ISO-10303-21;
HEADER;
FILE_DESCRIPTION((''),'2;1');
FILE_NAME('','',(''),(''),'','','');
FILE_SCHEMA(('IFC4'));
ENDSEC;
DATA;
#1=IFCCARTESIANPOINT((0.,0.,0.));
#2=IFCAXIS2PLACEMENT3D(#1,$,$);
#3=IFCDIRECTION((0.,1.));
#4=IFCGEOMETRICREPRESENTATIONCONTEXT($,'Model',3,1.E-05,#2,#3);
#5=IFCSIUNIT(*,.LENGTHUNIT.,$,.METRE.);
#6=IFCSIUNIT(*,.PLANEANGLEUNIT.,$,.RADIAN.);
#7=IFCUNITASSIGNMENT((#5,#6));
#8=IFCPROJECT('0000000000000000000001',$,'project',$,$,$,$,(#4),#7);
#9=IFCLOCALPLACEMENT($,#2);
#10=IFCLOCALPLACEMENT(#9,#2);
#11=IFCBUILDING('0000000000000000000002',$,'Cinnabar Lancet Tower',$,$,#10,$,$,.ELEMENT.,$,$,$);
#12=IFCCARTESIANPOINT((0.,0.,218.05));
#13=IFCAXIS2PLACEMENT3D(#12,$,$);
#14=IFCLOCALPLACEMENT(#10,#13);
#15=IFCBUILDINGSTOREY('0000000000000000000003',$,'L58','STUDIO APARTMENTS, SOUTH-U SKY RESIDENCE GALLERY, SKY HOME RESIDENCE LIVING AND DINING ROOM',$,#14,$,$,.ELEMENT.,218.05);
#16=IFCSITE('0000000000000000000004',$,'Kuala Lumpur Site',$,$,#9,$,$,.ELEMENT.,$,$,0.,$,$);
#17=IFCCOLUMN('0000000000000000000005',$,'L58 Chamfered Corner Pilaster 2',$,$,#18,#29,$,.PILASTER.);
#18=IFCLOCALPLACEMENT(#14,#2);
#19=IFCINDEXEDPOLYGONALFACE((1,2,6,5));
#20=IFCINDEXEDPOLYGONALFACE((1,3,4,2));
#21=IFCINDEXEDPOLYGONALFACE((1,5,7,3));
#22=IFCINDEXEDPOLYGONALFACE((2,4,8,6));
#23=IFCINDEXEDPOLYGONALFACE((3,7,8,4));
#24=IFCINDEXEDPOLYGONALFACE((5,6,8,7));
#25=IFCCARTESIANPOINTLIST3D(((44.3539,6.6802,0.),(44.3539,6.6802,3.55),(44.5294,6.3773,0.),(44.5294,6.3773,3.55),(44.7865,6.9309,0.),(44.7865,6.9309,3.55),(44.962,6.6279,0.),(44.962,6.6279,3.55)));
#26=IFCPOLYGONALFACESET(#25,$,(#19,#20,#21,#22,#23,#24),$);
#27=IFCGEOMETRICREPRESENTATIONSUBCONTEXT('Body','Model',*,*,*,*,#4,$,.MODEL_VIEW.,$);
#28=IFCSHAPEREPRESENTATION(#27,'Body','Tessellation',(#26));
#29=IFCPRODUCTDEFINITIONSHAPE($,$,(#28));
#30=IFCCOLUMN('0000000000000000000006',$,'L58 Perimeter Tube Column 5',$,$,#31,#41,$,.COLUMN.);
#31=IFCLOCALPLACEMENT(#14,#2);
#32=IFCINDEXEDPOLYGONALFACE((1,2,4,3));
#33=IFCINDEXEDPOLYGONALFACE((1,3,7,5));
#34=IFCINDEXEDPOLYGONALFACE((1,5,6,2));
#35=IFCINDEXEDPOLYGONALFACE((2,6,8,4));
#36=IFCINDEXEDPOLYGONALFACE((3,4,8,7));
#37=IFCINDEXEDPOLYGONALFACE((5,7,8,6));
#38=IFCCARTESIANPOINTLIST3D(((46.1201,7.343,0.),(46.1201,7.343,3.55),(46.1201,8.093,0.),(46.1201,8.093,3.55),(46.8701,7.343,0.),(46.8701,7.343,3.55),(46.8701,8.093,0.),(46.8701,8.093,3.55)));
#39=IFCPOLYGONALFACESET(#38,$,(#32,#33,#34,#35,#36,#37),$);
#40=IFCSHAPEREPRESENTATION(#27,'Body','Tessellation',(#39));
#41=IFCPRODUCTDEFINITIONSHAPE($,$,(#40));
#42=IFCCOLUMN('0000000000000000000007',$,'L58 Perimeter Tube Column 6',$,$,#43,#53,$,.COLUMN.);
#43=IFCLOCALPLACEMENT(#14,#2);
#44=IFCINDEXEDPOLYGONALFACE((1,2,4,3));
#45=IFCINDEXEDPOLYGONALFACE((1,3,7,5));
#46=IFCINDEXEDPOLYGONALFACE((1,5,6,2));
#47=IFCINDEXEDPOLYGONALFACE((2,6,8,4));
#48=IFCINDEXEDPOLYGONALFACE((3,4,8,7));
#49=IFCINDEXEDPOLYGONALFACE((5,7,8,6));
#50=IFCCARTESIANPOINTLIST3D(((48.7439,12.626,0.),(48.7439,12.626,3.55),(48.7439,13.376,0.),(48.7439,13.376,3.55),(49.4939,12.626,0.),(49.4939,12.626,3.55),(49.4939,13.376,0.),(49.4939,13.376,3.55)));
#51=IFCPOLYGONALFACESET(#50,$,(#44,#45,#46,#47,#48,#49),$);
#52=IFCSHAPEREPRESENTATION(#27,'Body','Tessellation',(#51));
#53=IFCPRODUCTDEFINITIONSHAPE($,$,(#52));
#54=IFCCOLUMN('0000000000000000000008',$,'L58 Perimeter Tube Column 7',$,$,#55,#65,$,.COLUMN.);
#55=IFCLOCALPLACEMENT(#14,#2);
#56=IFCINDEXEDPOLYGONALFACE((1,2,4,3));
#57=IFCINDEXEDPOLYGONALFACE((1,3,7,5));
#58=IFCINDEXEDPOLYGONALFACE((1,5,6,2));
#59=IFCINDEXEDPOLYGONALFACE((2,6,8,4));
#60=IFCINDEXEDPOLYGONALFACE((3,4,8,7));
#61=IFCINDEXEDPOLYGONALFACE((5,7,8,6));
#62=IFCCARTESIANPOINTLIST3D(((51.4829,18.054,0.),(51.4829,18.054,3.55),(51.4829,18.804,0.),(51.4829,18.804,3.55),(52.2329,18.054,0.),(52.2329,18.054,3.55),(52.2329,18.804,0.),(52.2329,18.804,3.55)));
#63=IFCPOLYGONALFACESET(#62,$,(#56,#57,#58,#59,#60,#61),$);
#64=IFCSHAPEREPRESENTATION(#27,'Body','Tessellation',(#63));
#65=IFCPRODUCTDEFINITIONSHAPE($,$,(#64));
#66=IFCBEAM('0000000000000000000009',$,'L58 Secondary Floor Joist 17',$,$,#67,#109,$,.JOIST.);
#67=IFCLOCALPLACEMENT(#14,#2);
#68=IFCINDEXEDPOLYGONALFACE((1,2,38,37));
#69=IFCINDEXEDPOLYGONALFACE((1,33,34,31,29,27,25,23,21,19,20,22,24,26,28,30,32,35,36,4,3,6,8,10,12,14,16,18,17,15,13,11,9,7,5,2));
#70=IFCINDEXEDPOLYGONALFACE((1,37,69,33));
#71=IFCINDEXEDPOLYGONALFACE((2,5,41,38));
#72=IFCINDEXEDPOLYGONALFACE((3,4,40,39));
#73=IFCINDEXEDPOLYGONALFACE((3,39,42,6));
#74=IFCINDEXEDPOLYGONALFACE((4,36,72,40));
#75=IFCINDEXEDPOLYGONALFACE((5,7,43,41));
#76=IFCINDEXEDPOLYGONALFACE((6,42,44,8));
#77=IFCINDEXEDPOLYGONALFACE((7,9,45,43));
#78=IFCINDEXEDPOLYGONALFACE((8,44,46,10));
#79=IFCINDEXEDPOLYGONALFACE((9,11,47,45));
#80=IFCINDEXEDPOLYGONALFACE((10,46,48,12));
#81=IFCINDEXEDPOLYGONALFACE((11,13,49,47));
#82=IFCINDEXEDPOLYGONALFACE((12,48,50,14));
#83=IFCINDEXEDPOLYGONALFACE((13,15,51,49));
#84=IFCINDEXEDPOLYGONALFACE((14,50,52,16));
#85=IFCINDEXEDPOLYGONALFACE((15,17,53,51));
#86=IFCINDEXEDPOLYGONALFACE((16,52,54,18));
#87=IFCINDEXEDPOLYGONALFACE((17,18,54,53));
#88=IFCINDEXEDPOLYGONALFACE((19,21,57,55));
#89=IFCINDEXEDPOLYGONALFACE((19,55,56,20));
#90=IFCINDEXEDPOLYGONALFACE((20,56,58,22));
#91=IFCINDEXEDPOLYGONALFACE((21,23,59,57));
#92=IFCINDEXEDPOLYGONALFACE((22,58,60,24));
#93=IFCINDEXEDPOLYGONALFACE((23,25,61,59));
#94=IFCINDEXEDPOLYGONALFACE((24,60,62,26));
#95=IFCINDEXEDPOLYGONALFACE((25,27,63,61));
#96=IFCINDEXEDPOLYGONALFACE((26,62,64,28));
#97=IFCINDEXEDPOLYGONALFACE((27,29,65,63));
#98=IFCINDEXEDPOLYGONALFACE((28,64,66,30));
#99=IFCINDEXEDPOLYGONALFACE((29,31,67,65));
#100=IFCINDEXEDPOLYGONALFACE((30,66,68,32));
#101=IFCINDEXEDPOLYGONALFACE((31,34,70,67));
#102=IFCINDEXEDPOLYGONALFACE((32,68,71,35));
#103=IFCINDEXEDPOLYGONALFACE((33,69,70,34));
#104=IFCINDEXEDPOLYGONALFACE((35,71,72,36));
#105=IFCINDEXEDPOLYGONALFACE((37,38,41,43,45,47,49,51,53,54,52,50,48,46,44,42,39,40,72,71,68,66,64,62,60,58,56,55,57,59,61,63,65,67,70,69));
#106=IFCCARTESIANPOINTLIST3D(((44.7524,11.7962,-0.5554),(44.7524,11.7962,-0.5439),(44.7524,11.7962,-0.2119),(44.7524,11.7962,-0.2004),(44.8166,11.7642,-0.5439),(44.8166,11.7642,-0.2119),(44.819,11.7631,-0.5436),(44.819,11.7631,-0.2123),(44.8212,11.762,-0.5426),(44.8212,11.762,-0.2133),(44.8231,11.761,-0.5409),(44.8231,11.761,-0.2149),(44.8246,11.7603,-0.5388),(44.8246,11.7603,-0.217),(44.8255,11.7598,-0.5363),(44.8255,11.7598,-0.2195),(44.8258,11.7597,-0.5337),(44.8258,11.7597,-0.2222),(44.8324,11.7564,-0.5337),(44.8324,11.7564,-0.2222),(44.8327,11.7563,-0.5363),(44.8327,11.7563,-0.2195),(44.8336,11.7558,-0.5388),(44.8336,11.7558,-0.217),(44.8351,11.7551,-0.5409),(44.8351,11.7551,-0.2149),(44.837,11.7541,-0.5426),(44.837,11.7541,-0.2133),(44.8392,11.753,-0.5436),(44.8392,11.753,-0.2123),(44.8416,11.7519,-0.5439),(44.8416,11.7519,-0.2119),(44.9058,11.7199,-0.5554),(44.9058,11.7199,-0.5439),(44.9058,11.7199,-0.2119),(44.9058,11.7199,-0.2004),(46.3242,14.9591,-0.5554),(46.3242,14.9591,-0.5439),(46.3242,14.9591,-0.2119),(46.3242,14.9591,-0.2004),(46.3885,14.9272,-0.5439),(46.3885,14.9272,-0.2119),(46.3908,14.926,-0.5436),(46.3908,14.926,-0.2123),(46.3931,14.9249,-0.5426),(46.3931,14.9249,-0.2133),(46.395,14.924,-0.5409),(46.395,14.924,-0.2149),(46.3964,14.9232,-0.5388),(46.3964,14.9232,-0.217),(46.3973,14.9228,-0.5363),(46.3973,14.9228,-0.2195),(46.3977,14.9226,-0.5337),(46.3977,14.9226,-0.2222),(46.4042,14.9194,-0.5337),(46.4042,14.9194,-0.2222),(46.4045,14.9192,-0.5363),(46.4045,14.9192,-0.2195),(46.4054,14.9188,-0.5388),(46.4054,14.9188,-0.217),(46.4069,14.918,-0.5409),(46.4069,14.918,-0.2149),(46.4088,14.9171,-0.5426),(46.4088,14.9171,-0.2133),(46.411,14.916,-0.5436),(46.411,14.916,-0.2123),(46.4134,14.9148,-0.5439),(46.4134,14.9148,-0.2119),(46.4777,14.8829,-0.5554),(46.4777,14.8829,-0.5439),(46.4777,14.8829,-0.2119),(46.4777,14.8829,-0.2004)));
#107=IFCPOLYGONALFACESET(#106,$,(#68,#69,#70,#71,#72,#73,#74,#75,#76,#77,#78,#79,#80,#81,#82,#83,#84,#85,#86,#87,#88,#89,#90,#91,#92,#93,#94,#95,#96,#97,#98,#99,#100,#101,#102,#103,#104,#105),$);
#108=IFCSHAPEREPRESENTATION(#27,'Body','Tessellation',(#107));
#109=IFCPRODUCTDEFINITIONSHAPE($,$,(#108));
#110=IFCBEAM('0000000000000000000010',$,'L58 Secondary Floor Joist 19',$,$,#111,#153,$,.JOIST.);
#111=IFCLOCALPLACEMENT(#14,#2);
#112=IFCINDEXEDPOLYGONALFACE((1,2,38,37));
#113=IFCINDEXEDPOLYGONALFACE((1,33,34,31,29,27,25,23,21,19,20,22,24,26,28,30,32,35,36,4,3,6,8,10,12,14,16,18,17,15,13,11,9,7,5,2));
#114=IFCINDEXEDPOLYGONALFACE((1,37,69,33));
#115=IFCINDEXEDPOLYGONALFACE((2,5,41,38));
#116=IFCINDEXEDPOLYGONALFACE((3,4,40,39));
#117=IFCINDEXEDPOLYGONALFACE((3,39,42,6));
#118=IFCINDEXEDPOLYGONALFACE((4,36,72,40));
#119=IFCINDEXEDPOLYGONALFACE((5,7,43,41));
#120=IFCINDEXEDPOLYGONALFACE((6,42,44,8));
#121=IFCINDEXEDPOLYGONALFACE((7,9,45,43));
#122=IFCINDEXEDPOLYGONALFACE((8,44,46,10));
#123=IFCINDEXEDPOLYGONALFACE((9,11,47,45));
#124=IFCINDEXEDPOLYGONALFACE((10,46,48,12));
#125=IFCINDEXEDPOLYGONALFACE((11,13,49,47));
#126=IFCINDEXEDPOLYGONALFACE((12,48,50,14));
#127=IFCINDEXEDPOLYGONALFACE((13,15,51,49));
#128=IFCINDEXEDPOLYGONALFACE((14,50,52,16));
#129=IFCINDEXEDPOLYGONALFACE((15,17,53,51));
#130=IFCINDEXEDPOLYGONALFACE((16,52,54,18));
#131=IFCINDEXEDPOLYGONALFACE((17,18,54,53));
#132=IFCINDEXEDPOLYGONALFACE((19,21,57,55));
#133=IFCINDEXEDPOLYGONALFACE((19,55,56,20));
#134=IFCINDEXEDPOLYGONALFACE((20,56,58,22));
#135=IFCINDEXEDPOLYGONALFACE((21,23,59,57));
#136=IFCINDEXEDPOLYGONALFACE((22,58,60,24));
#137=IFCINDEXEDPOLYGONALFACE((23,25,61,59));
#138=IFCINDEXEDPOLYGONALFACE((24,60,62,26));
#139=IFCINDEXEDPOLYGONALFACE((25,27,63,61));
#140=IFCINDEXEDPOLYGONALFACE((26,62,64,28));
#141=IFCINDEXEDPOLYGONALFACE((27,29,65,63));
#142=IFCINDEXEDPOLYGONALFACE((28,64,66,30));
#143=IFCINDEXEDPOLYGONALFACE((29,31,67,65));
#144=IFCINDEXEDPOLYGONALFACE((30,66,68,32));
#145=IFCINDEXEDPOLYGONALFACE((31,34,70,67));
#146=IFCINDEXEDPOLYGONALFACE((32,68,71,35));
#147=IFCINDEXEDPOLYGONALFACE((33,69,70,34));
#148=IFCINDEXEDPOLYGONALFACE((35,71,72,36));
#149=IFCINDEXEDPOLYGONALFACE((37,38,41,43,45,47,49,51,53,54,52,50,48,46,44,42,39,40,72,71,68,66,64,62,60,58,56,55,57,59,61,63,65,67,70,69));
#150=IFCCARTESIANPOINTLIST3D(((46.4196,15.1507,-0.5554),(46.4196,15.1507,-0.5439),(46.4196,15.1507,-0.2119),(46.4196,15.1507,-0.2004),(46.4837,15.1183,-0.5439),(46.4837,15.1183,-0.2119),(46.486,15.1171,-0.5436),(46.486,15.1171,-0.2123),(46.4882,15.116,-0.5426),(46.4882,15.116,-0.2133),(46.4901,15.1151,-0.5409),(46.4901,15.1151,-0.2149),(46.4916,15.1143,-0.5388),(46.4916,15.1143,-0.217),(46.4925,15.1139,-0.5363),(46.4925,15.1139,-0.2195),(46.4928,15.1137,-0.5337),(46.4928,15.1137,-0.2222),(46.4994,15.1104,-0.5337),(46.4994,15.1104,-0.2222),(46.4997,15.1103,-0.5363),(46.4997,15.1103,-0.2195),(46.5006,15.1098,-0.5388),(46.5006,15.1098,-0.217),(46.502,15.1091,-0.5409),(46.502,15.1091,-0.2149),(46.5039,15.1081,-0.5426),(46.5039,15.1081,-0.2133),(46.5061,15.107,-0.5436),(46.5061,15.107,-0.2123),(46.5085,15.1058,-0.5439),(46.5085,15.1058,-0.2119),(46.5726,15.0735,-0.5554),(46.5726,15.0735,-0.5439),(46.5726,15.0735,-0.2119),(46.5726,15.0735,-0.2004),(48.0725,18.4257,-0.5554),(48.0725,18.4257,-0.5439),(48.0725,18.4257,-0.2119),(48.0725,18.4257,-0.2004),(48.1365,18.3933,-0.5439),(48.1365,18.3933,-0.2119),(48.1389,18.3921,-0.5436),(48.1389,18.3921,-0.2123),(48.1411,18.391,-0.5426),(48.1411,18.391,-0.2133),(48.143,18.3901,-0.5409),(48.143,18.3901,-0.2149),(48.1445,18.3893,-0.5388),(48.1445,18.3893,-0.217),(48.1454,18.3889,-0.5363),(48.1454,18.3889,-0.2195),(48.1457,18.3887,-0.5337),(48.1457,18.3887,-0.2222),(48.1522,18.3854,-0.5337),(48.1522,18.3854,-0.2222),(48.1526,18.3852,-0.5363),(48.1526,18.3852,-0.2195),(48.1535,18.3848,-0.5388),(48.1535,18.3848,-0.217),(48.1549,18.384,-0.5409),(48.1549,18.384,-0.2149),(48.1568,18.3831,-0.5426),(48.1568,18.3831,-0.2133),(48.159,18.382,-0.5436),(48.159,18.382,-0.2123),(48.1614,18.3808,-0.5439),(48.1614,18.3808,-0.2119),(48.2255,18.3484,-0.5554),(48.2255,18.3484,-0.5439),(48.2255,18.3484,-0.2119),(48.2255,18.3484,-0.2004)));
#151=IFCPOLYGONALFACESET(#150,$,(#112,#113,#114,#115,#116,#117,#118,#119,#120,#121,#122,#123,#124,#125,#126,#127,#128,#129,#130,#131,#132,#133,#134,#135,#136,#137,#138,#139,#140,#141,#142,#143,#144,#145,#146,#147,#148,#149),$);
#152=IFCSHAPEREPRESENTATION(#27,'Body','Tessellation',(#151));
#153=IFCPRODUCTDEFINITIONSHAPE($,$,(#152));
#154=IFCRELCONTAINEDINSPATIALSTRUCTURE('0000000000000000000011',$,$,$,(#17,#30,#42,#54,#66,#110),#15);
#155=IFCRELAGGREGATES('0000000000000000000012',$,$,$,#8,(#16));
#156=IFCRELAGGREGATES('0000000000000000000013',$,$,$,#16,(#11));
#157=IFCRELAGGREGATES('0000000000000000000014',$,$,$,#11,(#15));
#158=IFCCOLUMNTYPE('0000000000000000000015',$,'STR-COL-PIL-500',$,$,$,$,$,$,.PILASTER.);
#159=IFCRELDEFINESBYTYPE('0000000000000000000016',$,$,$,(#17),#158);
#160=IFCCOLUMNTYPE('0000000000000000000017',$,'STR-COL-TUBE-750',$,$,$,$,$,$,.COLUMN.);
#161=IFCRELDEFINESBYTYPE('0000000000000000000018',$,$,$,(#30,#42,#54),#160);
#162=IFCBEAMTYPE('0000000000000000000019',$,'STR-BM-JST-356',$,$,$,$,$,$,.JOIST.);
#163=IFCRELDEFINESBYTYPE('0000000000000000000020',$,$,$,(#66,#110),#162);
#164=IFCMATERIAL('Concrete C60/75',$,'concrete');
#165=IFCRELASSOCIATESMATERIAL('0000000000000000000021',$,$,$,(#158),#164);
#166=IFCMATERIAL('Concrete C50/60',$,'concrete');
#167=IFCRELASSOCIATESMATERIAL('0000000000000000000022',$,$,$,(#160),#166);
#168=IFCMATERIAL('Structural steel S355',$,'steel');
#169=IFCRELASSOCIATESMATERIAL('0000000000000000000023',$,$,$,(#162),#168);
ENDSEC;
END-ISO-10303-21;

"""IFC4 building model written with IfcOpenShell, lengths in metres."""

from ifc_helpers import new_model, si_unit, direction, frame, origin, origin_2d, place, context, subcontext, project, spatial, rectangle, i_section, extrude, material, material_profile, profile_set, type_object, element, save


model = new_model("IFC4")

# Units and contexts
model_context = context("Model", 3, precision=1e-05, world=origin(), true_north=direction((0.0, 1.0)))
body_context = subcontext(model_context, "Body", "Model", "MODEL_VIEW")
ifc_project = project(units=[si_unit("LENGTHUNIT", "METRE"), si_unit("PLANEANGLEUNIT", "RADIAN")], contexts=[model_context])

# Site, building, storey
site_placement = place(None, origin())
site = spatial("IfcSite", under=ifc_project, at=site_placement, Name="Kuala Lumpur Site", CompositionType="ELEMENT", RefElevation=0.0)
building_placement = place(site_placement, origin())
building = spatial("IfcBuilding", under=site, at=building_placement, Name="Cinnabar Lancet Tower", CompositionType="ELEMENT")
storey_placement = place(building_placement, frame((0.0, 0.0, 218.05)))
storey = spatial("IfcBuildingStorey", under=building, at=storey_placement, Name="L58", Description="STUDIO APARTMENTS, SOUTH-U SKY RESIDENCE GALLERY, SKY HOME RESIDENCE LIVING AND DINING ROOM", CompositionType="ELEMENT", Elevation=218.05)

# Columns
ifc_material_1 = material(Name="Concrete C60/75", Category="concrete")
ifc_material_profile_1 = material_profile(ifc_material_1, rectangle(XDim=0.5, YDim=0.3501, at=origin_2d()), Name="RC-PIL 500x350")
ifc_profile_set_1 = profile_set([ifc_material_profile_1], Name="Concrete C60/75")
column_type_1 = type_object("IfcColumnType", Name="STR-COL-PIL-500", PredefinedType="PILASTER", material=ifc_profile_set_1)
column_placement = place(storey_placement, frame((44.658, 6.6541, 0.0), z_axis=(0.0, 0.0, 1.0), x_axis=(0.86523, 0.501375, 0.0)))
element("IfcColumn", 1, at=column_placement, inside=storey, type_object=column_type_1, Name="L58 Chamfered Corner Pilaster 2", PredefinedType="PILASTER", context=body_context, shape_type="SweptSolid", body=[
    extrude(rectangle(XDim=0.5, YDim=0.3501, at=origin_2d()), origin(), (0.0, 0.0, 1.0), 3.55),
])
ifc_material_2 = material(Name="Concrete C50/60", Category="concrete")
ifc_material_profile_2 = material_profile(ifc_material_2, rectangle(XDim=0.75, YDim=0.75, at=origin_2d()), Name="RC-COL 750x750")
ifc_profile_set_2 = profile_set([ifc_material_profile_2], Name="Concrete C50/60")
column_type_2 = type_object("IfcColumnType", Name="STR-COL-TUBE-750", PredefinedType="COLUMN", material=ifc_profile_set_2)
for number, where, z_axis, x_axis, name in (
    (2, (46.4951, 7.718, 0.0), (0.0, 0.0, 1.0), (1.0, 0.0, 0.0), "L58 Perimeter Tube Column 5"),
    (3, (49.1189, 13.001, 0.0), (0.0, 0.0, 1.0), (1.0, 0.0, 0.0), "L58 Perimeter Tube Column 6"),
    (4, (51.8579, 18.429, 0.0), (0.0, 0.0, 1.0), (1.0, 0.0, 0.0), "L58 Perimeter Tube Column 7"),
):
    element("IfcColumn", number, at=place(storey_placement, frame(where, z_axis=z_axis, x_axis=x_axis)), inside=storey, type_object=column_type_2, Name=name, PredefinedType="COLUMN", context=body_context, shape_type="SweptSolid", body=[
        extrude(rectangle(XDim=0.75, YDim=0.75, at=origin_2d()), origin(), (0.0, 0.0, 1.0), 3.55),
    ])

# Beams
ifc_material_3 = material(Name="Structural steel S355", Category="steel")
ifc_material_profile_3 = material_profile(ifc_material_3, i_section(OverallWidth=0.1714, OverallDepth=0.355, WebThickness=0.0073, FlangeThickness=0.0115, FilletRadius=0.0103, at=origin_2d()), Name="UKB 356x171x51")
ifc_profile_set_3 = profile_set([ifc_material_profile_3], Name="Structural steel S355")
beam_type_1 = type_object("IfcBeamType", Name="STR-BM-JST-356", PredefinedType="JOIST", material=ifc_profile_set_3)
beam_1_placement = place(storey_placement, frame((44.8291, 11.7581, -0.3779), z_axis=(0.445028, 0.895517, 0.0), x_axis=(-0.895517, 0.445028, 0.0)))
element("IfcBeam", 5, at=beam_1_placement, inside=storey, type_object=beam_type_1, Name="L58 Secondary Floor Joist 17", PredefinedType="JOIST", context=body_context, shape_type="SweptSolid", body=[
    extrude(i_section(OverallWidth=0.1714, OverallDepth=0.355, WebThickness=0.0073, FlangeThickness=0.0115, FilletRadius=0.0103, at=origin_2d()), origin(), (0.0, 0.0, 1.0), 3.532),
])
beam_2_placement = place(storey_placement, frame((46.4961, 15.1121, -0.3779), z_axis=(0.450565, 0.892744, 0.0), x_axis=(-0.892744, 0.450565, 0.0)))
element("IfcBeam", 6, at=beam_2_placement, inside=storey, type_object=beam_type_1, Name="L58 Secondary Floor Joist 19", PredefinedType="JOIST", context=body_context, shape_type="SweptSolid", body=[
    extrude(i_section(OverallWidth=0.1714, OverallDepth=0.355, WebThickness=0.0073, FlangeThickness=0.0115, FilletRadius=0.0103, at=origin_2d()), origin(), (0.0, 0.0, 1.0), 3.6685),
])

save(model, "model.ifc")
